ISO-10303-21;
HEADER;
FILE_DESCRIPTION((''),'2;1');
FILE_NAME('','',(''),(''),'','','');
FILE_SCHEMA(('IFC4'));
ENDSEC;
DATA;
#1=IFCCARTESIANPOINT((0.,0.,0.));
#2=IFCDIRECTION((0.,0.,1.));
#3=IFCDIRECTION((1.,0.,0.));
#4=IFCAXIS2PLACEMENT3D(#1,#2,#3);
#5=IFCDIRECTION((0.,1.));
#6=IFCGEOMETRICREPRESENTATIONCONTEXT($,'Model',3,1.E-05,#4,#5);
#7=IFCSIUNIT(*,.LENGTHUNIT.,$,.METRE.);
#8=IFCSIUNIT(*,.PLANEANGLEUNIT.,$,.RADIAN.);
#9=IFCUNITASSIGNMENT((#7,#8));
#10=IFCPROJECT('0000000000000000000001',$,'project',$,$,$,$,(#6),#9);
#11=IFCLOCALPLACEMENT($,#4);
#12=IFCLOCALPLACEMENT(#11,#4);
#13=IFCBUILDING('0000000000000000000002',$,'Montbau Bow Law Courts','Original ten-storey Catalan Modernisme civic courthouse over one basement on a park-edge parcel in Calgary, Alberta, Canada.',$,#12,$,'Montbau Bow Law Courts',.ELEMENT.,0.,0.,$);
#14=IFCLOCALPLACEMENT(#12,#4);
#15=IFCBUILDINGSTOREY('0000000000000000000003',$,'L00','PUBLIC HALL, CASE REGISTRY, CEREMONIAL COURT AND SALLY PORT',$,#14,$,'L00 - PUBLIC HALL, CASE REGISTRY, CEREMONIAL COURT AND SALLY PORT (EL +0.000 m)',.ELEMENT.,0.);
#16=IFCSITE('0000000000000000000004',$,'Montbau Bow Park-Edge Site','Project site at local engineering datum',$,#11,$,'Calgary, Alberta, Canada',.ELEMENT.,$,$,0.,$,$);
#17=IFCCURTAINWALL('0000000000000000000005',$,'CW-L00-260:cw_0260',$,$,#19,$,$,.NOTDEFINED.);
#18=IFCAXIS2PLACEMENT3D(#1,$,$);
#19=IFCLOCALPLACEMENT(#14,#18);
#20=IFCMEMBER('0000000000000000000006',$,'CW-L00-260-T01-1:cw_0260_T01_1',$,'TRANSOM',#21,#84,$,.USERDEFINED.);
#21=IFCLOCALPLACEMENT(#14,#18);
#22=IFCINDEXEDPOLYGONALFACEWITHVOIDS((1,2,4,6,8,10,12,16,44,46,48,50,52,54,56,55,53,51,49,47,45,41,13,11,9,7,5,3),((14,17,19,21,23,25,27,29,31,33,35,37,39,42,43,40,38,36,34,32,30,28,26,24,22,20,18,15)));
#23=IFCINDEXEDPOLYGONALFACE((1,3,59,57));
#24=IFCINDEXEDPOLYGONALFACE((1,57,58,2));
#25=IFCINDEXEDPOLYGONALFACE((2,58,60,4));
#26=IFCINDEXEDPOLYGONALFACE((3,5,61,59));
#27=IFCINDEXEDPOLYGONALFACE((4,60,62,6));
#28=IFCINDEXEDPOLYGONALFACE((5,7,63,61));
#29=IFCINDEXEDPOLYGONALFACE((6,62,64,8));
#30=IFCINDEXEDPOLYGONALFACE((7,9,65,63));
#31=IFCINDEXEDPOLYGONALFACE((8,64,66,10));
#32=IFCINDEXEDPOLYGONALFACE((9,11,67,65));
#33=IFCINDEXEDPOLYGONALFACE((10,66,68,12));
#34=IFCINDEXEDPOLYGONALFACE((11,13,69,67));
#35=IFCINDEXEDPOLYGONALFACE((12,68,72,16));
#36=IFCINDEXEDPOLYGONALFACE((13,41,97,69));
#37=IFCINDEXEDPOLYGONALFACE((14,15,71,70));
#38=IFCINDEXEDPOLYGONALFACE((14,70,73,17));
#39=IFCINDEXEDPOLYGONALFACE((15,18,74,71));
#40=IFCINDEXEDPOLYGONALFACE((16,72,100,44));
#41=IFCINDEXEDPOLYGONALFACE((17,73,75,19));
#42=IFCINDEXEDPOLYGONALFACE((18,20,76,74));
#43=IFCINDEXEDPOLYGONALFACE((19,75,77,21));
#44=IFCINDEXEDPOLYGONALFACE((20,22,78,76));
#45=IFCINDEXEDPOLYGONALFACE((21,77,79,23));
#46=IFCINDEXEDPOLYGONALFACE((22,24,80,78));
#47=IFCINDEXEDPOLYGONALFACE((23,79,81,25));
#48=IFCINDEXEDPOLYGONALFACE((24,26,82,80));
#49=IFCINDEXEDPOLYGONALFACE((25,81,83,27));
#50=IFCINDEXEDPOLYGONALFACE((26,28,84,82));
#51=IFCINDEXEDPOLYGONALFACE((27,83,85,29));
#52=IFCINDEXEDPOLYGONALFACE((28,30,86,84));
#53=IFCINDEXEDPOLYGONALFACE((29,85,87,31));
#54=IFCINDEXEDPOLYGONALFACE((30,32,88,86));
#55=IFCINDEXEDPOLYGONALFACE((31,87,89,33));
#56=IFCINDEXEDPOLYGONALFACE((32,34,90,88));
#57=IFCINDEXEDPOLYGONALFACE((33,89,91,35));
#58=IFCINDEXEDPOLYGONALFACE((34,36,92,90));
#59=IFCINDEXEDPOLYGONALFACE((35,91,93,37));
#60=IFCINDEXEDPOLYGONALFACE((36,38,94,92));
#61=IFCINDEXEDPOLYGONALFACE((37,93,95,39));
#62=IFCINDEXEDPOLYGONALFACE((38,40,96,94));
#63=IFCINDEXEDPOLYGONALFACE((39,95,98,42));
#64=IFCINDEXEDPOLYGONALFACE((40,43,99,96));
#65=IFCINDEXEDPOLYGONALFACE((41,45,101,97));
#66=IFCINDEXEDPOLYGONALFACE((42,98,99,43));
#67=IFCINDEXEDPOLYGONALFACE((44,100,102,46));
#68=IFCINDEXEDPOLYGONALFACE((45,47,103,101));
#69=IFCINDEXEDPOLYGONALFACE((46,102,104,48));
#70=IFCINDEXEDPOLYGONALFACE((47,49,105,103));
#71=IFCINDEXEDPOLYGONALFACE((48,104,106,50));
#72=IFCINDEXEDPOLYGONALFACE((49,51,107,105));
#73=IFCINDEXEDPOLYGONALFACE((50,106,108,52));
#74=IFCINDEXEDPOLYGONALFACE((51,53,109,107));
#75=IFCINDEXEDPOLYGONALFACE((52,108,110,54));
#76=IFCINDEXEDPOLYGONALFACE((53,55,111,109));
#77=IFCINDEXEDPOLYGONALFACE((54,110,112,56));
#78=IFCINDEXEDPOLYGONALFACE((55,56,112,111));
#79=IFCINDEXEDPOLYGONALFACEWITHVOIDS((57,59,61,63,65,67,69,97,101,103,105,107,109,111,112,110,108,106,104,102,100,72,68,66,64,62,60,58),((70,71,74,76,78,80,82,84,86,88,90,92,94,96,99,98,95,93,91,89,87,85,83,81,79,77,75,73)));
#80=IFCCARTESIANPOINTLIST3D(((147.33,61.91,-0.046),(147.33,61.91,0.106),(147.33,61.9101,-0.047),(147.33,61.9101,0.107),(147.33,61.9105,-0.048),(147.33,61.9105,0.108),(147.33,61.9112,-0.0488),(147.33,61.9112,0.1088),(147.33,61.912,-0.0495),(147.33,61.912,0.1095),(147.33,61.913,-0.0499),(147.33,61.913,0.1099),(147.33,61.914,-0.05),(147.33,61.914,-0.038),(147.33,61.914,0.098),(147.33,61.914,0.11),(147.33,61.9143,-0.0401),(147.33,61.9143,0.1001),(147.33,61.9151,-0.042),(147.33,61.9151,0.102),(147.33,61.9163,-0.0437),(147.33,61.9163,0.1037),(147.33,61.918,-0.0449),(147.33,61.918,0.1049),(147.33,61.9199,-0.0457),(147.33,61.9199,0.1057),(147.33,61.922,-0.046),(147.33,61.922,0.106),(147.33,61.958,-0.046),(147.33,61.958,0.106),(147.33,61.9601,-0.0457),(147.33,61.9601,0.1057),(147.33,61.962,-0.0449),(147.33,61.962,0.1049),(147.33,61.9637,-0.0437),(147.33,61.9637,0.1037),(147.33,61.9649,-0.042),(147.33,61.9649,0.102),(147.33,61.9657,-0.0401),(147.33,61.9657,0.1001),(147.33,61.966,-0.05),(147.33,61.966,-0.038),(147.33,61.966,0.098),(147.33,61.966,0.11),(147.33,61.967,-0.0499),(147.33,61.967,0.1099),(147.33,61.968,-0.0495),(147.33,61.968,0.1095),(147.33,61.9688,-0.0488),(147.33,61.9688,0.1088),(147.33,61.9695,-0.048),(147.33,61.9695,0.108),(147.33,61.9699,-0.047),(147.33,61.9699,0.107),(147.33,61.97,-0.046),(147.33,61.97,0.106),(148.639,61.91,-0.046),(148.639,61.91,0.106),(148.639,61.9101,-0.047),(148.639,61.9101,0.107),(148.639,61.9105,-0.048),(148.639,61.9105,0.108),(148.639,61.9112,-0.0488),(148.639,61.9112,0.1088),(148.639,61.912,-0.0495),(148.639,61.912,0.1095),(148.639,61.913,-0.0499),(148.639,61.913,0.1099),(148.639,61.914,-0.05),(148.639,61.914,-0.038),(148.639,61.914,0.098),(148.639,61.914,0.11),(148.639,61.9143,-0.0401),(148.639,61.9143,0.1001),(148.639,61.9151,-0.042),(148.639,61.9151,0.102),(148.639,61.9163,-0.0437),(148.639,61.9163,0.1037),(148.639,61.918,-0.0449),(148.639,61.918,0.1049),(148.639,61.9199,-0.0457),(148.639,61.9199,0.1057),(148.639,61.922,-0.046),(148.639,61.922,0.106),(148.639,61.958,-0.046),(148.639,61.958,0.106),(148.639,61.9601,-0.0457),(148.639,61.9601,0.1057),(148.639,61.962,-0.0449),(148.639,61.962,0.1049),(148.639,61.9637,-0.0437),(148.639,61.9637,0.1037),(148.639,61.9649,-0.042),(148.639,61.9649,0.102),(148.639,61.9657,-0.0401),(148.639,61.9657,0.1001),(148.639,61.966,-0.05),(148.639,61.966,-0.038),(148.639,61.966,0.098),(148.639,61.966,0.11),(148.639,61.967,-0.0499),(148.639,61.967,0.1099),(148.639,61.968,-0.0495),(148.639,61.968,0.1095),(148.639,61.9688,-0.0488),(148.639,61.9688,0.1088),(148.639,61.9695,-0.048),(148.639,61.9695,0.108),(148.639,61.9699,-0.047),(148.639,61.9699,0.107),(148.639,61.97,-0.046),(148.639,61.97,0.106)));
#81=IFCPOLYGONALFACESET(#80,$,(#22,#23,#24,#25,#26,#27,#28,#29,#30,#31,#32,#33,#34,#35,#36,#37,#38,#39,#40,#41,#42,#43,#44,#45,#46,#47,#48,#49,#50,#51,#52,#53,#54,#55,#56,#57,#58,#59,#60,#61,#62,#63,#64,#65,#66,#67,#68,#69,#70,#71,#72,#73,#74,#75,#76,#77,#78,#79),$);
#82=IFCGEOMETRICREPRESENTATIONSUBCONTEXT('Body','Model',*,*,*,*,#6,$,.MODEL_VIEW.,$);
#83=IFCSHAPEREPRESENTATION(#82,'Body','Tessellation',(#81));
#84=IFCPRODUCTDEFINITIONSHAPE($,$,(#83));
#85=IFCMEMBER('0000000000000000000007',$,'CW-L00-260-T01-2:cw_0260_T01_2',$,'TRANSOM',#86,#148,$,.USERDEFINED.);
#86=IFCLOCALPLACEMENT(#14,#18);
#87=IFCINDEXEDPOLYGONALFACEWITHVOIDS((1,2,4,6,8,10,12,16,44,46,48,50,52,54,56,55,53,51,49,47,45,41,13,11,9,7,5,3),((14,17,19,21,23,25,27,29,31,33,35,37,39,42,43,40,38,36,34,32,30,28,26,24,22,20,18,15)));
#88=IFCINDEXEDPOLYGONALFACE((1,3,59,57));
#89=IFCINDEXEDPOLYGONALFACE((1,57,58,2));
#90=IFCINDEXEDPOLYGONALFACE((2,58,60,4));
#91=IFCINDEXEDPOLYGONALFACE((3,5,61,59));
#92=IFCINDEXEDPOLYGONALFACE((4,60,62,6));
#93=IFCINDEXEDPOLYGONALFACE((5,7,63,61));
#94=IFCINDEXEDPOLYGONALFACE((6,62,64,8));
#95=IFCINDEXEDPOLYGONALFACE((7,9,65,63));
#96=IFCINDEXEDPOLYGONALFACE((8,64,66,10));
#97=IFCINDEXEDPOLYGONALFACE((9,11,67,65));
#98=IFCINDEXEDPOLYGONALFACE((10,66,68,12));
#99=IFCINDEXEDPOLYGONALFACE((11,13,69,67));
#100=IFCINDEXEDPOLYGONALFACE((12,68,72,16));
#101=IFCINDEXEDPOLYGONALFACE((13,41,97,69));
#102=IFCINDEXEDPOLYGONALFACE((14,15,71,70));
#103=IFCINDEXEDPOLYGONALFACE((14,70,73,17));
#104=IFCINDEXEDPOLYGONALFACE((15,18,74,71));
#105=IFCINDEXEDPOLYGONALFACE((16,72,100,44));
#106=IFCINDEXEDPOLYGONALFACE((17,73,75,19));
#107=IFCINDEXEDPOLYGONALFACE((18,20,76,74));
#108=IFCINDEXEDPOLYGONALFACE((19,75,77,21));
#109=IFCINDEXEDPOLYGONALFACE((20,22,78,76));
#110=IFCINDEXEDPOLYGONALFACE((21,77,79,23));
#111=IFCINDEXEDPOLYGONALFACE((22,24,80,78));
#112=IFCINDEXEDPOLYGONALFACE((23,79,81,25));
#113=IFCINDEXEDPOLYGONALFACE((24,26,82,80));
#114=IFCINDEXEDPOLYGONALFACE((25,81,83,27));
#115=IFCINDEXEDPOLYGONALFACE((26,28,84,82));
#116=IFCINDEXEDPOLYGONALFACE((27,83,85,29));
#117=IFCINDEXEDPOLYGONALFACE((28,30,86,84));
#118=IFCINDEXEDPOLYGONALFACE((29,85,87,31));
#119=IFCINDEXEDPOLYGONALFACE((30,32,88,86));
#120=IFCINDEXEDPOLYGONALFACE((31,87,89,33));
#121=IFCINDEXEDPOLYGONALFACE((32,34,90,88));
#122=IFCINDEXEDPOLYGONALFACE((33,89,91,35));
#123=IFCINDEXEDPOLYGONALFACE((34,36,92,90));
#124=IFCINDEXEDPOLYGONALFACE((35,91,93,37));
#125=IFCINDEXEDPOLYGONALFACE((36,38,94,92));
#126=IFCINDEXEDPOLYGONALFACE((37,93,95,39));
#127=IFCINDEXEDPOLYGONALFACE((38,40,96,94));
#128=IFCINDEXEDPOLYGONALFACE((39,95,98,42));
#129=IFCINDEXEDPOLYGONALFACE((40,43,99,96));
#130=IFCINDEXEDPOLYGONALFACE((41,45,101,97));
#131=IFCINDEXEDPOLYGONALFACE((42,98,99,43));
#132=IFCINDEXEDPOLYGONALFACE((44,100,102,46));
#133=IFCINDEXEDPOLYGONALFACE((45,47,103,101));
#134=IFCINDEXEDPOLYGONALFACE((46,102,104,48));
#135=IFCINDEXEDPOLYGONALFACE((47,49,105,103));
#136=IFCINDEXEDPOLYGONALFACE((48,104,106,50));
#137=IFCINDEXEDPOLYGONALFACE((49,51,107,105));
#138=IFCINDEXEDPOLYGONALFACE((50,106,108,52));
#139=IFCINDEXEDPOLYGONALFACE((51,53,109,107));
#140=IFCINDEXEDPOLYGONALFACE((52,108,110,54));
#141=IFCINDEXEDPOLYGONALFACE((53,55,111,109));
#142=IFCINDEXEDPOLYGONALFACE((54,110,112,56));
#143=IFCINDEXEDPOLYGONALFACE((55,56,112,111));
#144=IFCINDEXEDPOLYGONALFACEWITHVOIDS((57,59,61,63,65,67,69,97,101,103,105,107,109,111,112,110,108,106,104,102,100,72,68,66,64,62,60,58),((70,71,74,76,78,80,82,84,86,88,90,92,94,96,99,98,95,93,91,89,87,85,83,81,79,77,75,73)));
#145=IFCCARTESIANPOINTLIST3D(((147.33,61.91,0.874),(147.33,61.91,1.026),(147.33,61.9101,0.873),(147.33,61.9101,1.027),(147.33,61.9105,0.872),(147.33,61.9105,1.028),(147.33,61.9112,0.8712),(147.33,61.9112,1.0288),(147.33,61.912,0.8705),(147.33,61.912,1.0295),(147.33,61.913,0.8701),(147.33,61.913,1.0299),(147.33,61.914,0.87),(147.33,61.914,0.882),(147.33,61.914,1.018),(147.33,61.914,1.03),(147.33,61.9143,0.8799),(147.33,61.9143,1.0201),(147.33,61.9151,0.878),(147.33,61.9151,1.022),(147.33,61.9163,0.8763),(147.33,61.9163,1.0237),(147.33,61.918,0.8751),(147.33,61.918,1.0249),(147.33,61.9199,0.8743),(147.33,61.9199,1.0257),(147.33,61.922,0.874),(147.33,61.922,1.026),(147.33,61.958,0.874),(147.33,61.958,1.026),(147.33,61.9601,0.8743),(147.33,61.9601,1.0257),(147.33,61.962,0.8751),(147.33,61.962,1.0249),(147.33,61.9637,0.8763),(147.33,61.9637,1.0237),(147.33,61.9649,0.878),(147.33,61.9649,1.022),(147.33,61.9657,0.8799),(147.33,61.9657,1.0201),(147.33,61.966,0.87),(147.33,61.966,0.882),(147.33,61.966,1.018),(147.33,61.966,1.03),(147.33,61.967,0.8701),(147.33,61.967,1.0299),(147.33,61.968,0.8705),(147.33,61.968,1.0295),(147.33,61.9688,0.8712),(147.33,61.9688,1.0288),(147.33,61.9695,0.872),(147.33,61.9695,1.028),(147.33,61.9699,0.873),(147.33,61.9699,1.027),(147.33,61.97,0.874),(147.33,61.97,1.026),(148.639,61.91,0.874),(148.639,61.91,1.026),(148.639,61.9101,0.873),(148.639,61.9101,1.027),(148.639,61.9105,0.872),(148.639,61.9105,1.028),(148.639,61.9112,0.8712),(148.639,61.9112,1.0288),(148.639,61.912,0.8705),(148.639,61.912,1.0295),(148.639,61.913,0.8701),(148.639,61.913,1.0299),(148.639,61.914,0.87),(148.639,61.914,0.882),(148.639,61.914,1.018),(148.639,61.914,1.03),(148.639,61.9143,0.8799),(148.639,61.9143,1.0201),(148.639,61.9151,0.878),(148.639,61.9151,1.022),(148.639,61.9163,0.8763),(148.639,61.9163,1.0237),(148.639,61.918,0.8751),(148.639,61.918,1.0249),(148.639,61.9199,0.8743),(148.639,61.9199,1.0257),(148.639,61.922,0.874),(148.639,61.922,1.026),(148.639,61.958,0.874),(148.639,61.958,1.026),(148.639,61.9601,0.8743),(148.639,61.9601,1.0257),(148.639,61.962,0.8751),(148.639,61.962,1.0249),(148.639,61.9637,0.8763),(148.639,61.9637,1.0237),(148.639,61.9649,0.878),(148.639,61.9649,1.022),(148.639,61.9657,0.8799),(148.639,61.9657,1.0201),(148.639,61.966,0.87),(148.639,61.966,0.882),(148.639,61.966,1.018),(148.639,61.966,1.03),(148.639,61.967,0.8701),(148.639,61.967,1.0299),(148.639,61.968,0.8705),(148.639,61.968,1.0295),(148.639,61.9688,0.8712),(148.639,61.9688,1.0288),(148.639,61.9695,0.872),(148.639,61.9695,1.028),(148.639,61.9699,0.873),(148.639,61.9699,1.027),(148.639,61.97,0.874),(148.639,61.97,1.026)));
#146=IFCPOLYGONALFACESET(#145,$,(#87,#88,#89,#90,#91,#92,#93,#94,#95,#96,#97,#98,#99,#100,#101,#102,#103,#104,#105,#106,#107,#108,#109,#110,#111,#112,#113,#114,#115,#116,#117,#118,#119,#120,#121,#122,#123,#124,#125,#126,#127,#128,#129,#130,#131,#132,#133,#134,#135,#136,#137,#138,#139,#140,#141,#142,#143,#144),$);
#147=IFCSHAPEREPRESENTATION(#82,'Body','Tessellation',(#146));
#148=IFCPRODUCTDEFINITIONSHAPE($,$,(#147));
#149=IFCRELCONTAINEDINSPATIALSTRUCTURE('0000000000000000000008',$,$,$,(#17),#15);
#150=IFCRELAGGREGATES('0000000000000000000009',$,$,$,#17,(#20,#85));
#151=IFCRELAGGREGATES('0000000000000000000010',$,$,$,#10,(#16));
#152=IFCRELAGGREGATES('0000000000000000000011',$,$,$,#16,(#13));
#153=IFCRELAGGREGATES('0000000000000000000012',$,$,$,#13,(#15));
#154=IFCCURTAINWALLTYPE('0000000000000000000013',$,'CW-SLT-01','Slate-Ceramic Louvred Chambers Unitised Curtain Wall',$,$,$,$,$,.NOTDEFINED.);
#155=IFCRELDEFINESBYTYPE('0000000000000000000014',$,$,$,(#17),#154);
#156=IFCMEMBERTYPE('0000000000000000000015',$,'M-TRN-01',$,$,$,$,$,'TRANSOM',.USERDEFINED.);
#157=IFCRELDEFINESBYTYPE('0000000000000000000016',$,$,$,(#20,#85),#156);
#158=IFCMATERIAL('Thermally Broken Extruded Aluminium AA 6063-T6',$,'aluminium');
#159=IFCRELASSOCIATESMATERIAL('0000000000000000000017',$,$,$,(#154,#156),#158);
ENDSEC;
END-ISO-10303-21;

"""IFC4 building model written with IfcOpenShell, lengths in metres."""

from ifc_helpers import new_model, si_unit, direction, frame, origin_with_axes, origin_2d_with_axis, place, context, subcontext, project, spatial, hollow_rectangle, extrude, material, material_profile, profile_set, type_object, element, aggregate, save


model = new_model("IFC4")

# Units and contexts
model_context = context("Model", 3, precision=1e-05, world=origin_with_axes(), true_north=direction((0.0, 1.0)))
body_context = subcontext(model_context, "Body", "Model", "MODEL_VIEW")
ifc_project = project(units=[si_unit("LENGTHUNIT", "METRE"), si_unit("PLANEANGLEUNIT", "RADIAN")], contexts=[model_context])

# Site, building, storey
site_placement = place(None, origin_with_axes())
site = spatial("IfcSite", under=ifc_project, at=site_placement, Name="Montbau Bow Park-Edge Site", Description="Project site at local engineering datum", LongName="Calgary, Alberta, Canada", CompositionType="ELEMENT", RefElevation=0.0)
building_placement = place(site_placement, origin_with_axes())
building = spatial("IfcBuilding", under=site, at=building_placement, Name="Montbau Bow Law Courts", Description="Original ten-storey Catalan Modernisme civic courthouse over one basement on a park-edge parcel in Calgary, Alberta, Canada.", LongName="Montbau Bow Law Courts", CompositionType="ELEMENT", ElevationOfRefHeight=0.0, ElevationOfTerrain=0.0)
storey_placement = place(building_placement, origin_with_axes())
storey = spatial("IfcBuildingStorey", under=building, at=storey_placement, Name="L00", Description="PUBLIC HALL, CASE REGISTRY, CEREMONIAL COURT AND SALLY PORT", LongName="L00 - PUBLIC HALL, CASE REGISTRY, CEREMONIAL COURT AND SALLY PORT (EL +0.000 m)", CompositionType="ELEMENT", Elevation=0.0)

# Curtain wall, members
ifc_material_1 = material(Name="Thermally Broken Extruded Aluminium AA 6063-T6", Category="aluminium")
curtain_wall_type = type_object("IfcCurtainWallType", Name="CW-SLT-01", Description="Slate-Ceramic Louvred Chambers Unitised Curtain Wall", PredefinedType="NOTDEFINED", material=ifc_material_1)
curtain_wall_placement = place(None, frame((147.268, 61.94, 0.0), z_axis=(0.0, 0.0, 1.0), x_axis=(1.0, 0.0, 0.0)))
curtain_wall = element("IfcCurtainWall", 1, at=curtain_wall_placement, inside=storey, type_object=curtain_wall_type, Name="CW-L00-260:cw_0260", PredefinedType="NOTDEFINED")
ifc_material_profile_1 = material_profile(ifc_material_1, hollow_rectangle(XDim=0.06, YDim=0.16, WallThickness=0.004, InnerFilletRadius=0.008, OuterFilletRadius=0.004, at=origin_2d_with_axis()), Name="CWT-160X60", Category="Main", Priority=0)
ifc_profile_set_1 = profile_set([ifc_material_profile_1], Name="Thermally Broken Extruded Aluminium AA 6063-T6")
member_type_1 = type_object("IfcMemberType", Name="M-TRN-01", ElementType="TRANSOM", PredefinedType="USERDEFINED", material=ifc_profile_set_1)
member_1_placement = place(None, frame((147.33, 61.94, 0.03), z_axis=(1.0, 0.0, 0.0), x_axis=(0.0, 1.0, 0.0)))
member_1 = element("IfcMember", 2, at=member_1_placement, type_object=member_type_1, Name="CW-L00-260-T01-1:cw_0260_T01_1", ObjectType="TRANSOM", PredefinedType="USERDEFINED", context=body_context, shape_type="SweptSolid", body=[
    extrude(hollow_rectangle(XDim=0.06, YDim=0.16, WallThickness=0.004, InnerFilletRadius=0.008, OuterFilletRadius=0.004, at=origin_2d_with_axis()), origin_with_axes(), (0.0, 0.0, 1.0), 1.309),
])
member_2_placement = place(None, frame((147.33, 61.94, 0.95), z_axis=(1.0, 0.0, 0.0), x_axis=(0.0, 1.0, 0.0)))
member_2 = element("IfcMember", 3, at=member_2_placement, type_object=member_type_1, Name="CW-L00-260-T01-2:cw_0260_T01_2", ObjectType="TRANSOM", PredefinedType="USERDEFINED", context=body_context, shape_type="SweptSolid", body=[
    extrude(hollow_rectangle(XDim=0.06, YDim=0.16, WallThickness=0.004, InnerFilletRadius=0.008, OuterFilletRadius=0.004, at=origin_2d_with_axis()), origin_with_axes(), (0.0, 0.0, 1.0), 1.309),
])
aggregate(curtain_wall, [member_1, member_2])

save(model, "model.ifc")
